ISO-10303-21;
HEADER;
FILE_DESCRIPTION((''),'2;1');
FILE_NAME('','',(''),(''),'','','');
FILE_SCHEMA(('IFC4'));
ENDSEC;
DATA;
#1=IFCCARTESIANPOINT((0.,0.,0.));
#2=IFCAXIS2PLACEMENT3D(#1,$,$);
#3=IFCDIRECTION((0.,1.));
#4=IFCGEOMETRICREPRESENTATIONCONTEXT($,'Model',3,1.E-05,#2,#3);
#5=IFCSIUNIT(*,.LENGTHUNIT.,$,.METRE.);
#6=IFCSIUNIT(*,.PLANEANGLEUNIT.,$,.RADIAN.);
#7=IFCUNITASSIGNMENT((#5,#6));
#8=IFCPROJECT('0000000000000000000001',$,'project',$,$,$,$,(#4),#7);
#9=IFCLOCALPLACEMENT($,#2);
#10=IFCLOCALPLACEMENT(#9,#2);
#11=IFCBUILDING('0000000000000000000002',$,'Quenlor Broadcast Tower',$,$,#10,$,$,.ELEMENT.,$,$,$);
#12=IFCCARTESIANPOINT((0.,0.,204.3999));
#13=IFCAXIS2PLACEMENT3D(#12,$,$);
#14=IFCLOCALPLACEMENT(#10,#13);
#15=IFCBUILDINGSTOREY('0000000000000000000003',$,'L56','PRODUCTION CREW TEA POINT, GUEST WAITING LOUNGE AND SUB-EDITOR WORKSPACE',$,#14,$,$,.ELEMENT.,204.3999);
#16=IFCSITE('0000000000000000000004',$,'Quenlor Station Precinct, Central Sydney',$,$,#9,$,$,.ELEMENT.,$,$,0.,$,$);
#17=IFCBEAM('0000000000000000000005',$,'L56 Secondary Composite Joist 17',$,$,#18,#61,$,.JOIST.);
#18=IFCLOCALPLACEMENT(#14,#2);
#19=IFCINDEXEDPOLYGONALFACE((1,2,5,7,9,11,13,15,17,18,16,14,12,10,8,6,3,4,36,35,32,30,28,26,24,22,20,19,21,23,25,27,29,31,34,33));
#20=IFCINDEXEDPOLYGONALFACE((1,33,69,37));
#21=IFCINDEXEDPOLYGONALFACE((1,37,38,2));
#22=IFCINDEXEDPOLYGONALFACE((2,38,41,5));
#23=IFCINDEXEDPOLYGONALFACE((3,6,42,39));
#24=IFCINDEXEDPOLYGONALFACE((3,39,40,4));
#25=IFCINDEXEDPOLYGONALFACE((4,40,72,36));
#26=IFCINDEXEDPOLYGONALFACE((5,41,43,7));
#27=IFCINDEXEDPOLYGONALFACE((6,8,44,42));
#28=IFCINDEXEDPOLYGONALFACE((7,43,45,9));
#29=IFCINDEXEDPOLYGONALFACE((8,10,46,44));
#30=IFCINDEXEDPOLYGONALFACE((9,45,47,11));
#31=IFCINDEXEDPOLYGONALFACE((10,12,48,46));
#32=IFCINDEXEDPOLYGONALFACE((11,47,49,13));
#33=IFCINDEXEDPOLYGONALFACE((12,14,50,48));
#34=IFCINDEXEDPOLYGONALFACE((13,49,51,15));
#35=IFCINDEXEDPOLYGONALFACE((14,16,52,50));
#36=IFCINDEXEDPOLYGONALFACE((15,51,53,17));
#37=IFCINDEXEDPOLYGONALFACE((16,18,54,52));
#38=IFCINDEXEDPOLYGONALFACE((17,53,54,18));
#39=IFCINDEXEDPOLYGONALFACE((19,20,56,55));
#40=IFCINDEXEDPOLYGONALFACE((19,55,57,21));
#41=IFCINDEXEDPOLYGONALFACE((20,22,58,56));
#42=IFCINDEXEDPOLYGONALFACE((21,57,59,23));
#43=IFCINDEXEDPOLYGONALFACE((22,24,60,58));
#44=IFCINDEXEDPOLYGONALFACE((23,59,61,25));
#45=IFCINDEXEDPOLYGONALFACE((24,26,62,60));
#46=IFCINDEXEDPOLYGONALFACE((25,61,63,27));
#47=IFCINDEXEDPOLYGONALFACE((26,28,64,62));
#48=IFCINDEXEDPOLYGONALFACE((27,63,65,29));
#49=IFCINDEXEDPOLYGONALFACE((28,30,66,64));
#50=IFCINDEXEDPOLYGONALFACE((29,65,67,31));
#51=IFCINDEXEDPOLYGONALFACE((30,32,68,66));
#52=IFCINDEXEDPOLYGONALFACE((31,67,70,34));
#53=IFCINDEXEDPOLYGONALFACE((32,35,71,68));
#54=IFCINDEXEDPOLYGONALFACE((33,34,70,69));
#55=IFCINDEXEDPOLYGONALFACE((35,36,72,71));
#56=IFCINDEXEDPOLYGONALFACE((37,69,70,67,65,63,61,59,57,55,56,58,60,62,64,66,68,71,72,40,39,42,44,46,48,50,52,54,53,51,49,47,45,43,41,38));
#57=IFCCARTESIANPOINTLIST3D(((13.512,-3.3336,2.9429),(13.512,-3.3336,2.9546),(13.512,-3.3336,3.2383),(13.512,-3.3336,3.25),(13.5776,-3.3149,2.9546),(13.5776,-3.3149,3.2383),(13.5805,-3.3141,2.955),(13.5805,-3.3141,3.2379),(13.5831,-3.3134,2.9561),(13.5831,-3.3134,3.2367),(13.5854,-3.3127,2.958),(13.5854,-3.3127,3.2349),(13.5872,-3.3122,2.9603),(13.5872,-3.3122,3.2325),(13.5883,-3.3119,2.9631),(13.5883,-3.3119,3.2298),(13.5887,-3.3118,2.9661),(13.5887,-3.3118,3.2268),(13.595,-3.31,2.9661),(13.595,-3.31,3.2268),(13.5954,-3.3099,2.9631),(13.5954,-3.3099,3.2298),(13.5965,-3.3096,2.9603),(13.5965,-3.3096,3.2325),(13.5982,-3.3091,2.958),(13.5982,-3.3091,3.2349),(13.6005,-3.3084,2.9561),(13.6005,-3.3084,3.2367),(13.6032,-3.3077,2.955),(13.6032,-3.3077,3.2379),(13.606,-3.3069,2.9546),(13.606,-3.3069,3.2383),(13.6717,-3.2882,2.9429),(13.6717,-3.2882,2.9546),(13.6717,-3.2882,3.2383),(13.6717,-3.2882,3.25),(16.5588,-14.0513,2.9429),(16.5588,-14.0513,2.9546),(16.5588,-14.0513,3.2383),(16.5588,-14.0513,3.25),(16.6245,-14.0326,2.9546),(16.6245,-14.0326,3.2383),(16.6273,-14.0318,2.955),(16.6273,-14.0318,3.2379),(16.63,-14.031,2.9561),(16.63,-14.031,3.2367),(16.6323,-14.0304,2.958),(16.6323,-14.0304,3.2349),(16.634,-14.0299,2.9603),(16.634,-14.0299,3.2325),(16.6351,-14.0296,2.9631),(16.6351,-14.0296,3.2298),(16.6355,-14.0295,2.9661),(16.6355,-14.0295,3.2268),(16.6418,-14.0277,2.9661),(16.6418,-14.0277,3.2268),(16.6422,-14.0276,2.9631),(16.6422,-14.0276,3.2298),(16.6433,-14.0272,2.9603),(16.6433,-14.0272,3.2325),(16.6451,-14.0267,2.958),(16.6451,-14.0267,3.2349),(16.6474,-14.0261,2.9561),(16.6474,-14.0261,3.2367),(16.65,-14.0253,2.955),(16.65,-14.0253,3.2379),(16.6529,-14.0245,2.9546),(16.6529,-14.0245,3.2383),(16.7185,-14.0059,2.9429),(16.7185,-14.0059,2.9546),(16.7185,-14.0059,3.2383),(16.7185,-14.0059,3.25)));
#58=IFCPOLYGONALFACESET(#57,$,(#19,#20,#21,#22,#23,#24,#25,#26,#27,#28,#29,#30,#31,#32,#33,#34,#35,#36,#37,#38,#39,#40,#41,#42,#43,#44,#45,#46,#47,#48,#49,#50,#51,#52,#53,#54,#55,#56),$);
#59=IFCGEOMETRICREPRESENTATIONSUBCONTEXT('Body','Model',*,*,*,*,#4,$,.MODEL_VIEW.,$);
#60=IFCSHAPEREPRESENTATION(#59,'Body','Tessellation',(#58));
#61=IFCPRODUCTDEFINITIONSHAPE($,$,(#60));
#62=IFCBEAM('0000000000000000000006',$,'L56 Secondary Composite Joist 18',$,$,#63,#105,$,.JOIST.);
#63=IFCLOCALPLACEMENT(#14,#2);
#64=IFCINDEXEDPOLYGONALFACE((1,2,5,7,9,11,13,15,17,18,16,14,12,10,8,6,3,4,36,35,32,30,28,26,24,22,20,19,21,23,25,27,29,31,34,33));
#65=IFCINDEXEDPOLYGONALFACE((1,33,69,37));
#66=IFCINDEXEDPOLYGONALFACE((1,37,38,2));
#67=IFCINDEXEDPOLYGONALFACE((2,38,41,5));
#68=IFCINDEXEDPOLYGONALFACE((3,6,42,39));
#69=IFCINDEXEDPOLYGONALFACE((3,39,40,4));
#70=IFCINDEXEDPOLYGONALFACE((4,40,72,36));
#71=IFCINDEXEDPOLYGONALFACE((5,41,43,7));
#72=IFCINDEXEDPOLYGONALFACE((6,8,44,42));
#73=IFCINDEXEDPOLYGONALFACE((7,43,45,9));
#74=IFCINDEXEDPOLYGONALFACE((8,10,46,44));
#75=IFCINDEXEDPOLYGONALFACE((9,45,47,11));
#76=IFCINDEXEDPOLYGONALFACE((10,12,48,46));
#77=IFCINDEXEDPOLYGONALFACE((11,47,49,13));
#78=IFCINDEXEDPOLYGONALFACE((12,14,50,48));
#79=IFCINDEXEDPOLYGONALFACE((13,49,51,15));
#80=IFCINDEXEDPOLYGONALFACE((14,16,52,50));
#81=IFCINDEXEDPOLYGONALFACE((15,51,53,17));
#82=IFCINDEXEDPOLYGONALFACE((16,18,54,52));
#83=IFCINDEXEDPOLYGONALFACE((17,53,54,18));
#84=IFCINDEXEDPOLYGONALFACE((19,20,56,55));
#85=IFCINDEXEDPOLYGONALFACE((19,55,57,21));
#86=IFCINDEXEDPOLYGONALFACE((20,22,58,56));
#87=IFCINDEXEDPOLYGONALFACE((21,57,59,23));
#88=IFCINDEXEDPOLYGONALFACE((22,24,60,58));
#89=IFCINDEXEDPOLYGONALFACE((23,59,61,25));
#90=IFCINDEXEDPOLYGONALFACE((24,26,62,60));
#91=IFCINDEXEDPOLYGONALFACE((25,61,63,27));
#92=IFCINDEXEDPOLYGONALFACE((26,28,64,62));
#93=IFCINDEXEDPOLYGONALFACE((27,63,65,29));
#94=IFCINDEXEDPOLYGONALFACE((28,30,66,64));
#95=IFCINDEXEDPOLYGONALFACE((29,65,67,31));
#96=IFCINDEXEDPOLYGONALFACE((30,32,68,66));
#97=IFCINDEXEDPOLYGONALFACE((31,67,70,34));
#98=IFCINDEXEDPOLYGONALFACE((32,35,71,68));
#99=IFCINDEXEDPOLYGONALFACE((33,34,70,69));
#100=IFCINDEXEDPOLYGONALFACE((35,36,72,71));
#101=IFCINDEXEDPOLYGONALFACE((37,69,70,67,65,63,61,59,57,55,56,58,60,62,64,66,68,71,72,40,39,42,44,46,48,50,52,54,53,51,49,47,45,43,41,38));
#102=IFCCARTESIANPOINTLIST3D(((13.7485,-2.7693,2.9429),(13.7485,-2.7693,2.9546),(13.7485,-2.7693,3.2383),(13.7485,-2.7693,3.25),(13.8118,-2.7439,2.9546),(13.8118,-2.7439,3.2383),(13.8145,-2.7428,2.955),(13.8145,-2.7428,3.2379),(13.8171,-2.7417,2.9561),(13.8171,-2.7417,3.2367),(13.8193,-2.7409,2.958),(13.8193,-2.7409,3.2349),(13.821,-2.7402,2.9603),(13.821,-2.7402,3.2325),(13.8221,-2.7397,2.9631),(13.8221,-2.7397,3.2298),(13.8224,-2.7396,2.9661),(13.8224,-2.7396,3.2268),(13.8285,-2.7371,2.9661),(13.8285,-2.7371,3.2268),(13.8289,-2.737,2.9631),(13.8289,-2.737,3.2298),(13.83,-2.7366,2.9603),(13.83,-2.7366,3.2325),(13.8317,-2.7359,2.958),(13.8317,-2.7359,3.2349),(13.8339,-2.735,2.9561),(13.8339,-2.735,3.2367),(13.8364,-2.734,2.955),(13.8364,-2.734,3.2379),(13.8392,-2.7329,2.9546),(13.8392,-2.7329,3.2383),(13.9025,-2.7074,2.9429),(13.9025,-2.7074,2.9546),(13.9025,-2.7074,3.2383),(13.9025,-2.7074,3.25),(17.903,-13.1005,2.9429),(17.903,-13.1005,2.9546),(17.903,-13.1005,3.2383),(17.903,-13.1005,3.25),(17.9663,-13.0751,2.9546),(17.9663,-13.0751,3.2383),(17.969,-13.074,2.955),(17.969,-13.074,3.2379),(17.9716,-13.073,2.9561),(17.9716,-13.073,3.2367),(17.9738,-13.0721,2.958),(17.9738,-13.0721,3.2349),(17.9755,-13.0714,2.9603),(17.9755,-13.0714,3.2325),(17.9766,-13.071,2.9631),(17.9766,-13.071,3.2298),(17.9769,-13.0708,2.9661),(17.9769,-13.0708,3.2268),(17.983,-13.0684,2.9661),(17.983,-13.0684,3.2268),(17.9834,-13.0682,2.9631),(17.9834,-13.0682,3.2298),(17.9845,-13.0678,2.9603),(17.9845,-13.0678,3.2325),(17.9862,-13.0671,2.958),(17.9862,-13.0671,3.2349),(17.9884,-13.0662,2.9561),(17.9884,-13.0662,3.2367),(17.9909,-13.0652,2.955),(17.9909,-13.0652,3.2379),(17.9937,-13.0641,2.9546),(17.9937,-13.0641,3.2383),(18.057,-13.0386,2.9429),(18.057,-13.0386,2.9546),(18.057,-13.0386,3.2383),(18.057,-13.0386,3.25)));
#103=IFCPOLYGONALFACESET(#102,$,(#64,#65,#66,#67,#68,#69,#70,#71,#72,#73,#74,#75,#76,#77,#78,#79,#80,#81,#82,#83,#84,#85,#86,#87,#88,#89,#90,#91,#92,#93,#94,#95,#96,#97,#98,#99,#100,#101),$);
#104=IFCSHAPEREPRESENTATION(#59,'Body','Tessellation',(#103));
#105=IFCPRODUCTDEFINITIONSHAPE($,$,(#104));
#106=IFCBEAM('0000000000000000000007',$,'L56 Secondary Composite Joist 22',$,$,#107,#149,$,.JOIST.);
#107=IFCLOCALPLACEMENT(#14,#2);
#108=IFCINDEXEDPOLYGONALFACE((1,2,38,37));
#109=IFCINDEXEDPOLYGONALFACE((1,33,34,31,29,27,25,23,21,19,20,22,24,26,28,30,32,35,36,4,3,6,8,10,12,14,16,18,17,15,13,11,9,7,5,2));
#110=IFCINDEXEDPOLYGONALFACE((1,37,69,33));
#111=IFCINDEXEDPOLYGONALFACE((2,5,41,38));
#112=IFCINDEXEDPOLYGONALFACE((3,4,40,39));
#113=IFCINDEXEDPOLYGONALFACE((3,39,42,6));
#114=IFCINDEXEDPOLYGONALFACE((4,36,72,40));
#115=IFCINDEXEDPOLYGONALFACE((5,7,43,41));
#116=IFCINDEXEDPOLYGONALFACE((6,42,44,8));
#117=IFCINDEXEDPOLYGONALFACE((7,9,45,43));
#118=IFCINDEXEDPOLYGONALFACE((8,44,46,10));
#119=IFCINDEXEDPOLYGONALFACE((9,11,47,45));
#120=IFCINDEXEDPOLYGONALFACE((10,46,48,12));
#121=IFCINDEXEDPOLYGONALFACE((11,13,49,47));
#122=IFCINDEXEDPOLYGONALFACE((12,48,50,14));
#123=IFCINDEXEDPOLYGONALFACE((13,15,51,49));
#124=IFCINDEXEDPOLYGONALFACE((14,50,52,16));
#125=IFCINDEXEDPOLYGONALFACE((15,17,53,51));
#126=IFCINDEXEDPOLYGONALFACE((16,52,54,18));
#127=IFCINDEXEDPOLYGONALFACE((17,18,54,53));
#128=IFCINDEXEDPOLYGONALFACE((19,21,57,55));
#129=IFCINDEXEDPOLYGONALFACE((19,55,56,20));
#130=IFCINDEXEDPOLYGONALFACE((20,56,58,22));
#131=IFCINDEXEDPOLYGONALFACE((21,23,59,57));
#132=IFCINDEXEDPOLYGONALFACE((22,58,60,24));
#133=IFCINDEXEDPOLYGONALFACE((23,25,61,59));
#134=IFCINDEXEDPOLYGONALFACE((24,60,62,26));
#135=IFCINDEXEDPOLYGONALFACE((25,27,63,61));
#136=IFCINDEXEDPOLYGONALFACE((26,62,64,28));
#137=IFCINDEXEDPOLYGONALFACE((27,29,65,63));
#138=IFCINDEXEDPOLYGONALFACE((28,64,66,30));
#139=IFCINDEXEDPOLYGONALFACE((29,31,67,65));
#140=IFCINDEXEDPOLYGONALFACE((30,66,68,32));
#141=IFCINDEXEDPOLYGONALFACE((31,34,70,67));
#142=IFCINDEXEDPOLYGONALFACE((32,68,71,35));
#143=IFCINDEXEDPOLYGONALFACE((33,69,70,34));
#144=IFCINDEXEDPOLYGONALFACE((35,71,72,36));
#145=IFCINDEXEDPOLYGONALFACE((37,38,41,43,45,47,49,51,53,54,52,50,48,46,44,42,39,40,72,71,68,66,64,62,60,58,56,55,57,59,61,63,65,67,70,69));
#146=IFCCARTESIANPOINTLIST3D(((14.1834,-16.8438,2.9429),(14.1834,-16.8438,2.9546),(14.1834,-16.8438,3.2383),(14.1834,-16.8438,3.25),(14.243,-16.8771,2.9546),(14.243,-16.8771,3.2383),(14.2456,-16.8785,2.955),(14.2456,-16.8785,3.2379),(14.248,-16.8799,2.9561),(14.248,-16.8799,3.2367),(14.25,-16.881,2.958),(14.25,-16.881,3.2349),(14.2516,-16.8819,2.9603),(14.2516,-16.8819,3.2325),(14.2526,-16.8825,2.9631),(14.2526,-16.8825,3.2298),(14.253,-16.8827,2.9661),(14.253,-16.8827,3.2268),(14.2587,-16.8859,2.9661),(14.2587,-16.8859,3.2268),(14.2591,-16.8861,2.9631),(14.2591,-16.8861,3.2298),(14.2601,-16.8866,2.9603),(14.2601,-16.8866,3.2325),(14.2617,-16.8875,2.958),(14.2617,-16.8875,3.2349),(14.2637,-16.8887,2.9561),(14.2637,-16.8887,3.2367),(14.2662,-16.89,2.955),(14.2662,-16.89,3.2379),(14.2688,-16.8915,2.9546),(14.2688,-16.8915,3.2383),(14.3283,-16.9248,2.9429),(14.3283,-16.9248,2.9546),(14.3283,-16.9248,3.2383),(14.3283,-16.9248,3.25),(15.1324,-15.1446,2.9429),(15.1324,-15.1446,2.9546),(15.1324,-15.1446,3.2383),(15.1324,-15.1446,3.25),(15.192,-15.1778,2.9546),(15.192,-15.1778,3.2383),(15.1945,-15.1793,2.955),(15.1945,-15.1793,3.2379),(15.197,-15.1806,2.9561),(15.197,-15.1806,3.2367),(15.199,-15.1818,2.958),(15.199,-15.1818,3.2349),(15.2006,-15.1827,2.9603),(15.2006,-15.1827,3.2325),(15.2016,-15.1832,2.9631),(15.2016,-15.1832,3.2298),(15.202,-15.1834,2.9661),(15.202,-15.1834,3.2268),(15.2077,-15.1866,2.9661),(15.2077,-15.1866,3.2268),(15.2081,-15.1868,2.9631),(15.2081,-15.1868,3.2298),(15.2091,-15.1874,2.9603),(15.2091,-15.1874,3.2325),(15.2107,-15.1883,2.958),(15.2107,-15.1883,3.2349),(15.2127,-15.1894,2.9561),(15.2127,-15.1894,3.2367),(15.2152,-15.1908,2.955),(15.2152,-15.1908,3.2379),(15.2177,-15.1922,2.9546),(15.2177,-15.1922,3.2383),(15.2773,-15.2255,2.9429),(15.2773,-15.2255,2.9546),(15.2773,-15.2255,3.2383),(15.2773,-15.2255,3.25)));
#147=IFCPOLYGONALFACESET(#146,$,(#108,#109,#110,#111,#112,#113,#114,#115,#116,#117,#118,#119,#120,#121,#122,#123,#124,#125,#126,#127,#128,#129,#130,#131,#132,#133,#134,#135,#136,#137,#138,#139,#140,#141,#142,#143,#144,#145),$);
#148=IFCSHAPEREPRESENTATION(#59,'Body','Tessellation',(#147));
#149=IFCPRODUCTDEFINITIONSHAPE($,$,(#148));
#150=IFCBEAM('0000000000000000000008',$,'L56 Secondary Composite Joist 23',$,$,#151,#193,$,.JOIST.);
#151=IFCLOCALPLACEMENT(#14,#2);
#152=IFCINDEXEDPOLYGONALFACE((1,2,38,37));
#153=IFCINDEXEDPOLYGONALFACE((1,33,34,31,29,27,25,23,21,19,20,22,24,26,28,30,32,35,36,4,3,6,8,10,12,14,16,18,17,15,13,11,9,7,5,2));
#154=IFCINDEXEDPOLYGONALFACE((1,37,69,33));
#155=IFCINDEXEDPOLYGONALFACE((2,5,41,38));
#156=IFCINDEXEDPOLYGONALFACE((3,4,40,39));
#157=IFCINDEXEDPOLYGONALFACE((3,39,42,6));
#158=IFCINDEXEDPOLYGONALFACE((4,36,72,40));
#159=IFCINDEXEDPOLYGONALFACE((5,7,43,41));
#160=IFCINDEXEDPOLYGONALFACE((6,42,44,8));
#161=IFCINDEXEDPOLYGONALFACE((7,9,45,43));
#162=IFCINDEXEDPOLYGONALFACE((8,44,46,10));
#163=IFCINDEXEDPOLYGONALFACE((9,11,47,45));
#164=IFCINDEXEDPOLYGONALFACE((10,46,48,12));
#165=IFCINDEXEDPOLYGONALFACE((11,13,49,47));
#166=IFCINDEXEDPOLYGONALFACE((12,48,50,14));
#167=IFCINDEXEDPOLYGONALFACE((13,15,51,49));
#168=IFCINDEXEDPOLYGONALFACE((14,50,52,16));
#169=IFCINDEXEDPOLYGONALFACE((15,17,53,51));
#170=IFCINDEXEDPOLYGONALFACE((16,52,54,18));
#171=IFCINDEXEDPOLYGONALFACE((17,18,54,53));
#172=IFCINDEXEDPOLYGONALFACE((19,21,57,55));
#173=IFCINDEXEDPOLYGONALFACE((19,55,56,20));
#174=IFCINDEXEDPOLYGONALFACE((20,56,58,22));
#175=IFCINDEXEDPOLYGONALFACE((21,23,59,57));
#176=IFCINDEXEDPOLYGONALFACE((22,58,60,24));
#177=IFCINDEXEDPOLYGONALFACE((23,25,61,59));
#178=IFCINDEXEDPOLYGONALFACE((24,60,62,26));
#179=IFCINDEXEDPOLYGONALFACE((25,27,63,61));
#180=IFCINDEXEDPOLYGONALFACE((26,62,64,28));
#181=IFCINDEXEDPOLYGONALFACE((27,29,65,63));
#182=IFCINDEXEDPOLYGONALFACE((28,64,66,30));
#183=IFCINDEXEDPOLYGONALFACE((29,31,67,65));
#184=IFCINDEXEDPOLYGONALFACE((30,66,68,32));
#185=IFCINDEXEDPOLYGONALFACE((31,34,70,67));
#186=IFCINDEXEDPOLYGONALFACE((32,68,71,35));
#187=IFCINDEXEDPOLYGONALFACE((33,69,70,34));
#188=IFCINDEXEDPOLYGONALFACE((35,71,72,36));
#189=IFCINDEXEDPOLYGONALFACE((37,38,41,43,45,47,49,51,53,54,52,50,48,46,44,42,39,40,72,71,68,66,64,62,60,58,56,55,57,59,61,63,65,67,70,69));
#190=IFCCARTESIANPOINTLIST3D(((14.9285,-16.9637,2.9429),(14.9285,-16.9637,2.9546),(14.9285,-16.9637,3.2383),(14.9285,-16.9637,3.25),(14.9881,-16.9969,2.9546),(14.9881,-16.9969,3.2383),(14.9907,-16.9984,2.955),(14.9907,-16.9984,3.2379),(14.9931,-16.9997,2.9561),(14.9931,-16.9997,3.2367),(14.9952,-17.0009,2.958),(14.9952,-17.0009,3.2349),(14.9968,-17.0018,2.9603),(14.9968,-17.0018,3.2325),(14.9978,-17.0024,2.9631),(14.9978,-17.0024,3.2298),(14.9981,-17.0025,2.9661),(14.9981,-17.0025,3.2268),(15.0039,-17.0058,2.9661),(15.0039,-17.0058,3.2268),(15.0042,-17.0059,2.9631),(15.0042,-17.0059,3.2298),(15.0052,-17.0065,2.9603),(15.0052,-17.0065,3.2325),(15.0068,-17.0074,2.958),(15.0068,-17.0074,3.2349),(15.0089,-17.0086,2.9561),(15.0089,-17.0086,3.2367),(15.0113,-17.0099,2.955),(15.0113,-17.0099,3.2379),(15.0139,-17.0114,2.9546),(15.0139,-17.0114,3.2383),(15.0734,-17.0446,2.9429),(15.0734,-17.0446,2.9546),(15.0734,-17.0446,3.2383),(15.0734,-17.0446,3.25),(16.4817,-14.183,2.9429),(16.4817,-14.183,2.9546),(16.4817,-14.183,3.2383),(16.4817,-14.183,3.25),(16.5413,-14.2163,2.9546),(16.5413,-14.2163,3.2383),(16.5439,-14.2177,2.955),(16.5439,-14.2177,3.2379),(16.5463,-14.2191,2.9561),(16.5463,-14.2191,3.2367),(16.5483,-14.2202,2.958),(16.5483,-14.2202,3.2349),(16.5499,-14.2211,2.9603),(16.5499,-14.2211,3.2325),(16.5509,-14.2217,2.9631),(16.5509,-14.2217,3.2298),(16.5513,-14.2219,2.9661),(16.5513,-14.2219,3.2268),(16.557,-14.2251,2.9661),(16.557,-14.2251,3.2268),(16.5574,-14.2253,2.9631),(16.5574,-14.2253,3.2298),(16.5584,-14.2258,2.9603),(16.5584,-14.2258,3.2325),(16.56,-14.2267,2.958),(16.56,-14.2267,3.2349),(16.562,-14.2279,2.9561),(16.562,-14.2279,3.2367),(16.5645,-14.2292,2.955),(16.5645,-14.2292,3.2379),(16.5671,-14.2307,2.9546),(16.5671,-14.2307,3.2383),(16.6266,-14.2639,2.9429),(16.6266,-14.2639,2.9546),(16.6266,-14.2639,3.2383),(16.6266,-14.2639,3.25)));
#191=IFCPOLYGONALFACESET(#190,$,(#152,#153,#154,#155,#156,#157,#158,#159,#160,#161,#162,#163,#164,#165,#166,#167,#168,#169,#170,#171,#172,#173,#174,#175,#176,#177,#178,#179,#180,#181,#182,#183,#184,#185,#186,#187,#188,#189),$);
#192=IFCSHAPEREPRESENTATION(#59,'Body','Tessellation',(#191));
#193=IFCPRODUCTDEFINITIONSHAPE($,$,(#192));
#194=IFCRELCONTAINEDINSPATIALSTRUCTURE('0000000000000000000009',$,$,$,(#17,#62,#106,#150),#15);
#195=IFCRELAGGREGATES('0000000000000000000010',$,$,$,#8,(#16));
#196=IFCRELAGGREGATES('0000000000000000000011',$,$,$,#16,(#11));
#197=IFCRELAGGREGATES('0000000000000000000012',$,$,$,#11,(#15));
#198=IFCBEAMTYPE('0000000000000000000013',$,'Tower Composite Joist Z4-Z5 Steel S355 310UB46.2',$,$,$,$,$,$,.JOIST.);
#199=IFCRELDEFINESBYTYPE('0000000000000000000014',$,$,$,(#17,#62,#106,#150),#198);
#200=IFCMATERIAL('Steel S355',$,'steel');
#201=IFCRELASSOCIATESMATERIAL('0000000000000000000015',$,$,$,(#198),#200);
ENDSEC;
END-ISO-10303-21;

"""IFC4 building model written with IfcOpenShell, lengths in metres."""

from ifc_helpers import new_model, si_unit, direction, frame, origin, origin_2d, place, context, subcontext, project, spatial, i_section, extrude, material, material_profile, profile_set, type_object, element, save


model = new_model("IFC4")

# Units and contexts
model_context = context("Model", 3, precision=1e-05, world=origin(), true_north=direction((0.0, 1.0)))
body_context = subcontext(model_context, "Body", "Model", "MODEL_VIEW")
ifc_project = project(units=[si_unit("LENGTHUNIT", "METRE"), si_unit("PLANEANGLEUNIT", "RADIAN")], contexts=[model_context])

# Site, building, storey
site_placement = place(None, origin())
site = spatial("IfcSite", under=ifc_project, at=site_placement, Name="Quenlor Station Precinct, Central Sydney", CompositionType="ELEMENT", RefElevation=0.0)
building_placement = place(site_placement, origin())
building = spatial("IfcBuilding", under=site, at=building_placement, Name="Quenlor Broadcast Tower", CompositionType="ELEMENT")
storey_placement = place(building_placement, frame((0.0, 0.0, 204.3999)))
storey = spatial("IfcBuildingStorey", under=building, at=storey_placement, Name="L56", Description="PRODUCTION CREW TEA POINT, GUEST WAITING LOUNGE AND SUB-EDITOR WORKSPACE", CompositionType="ELEMENT", Elevation=204.3999)

# Beams
ifc_material_1 = material(Name="Steel S355", Category="steel")
ifc_material_profile_1 = material_profile(ifc_material_1, i_section(OverallWidth=0.166, OverallDepth=0.3071, WebThickness=0.0066, FlangeThickness=0.0117, FilletRadius=0.0115, at=origin_2d()))
ifc_profile_set_1 = profile_set([ifc_material_profile_1], Name="Steel S355 310UB46.2")
beam_type_1 = type_object("IfcBeamType", Name="Tower Composite Joist Z4-Z5 Steel S355 310UB46.2", PredefinedType="JOIST", material=ifc_profile_set_1)
beam_1_placement = place(storey_placement, frame((16.6387, -14.0286, 3.0964), z_axis=(-0.273448, 0.961887, 0.0), x_axis=(-0.961887, -0.273448, 0.0)))
element("IfcBeam", 1, at=beam_1_placement, inside=storey, type_object=beam_type_1, Name="L56 Secondary Composite Joist 17", PredefinedType="JOIST", context=body_context, shape_type="SweptSolid", body=[
    extrude(i_section(OverallWidth=0.166, OverallDepth=0.3071, WebThickness=0.0066, FlangeThickness=0.0117, FilletRadius=0.0115, at=origin_2d()), origin(), (0.0, 0.0, 1.0), 11.1423),
])
beam_2_placement = place(storey_placement, frame((17.98, -13.0696, 3.0964), z_axis=(-0.373095, 0.927793, 0.0), x_axis=(-0.927793, -0.373095, 0.0)))
element("IfcBeam", 2, at=beam_2_placement, inside=storey, type_object=beam_type_1, Name="L56 Secondary Composite Joist 18", PredefinedType="JOIST", context=body_context, shape_type="SweptSolid", body=[
    extrude(i_section(OverallWidth=0.166, OverallDepth=0.3071, WebThickness=0.0066, FlangeThickness=0.0117, FilletRadius=0.0115, at=origin_2d()), origin(), (0.0, 0.0, 1.0), 11.1353),
])
beam_3_placement = place(storey_placement, frame((14.2559, -16.8843, 3.0964), z_axis=(0.487591, 0.873072, 0.0), x_axis=(-0.873072, 0.487591, 0.0)))
element("IfcBeam", 3, at=beam_3_placement, inside=storey, type_object=beam_type_1, Name="L56 Secondary Composite Joist 22", PredefinedType="JOIST", context=body_context, shape_type="SweptSolid", body=[
    extrude(i_section(OverallWidth=0.166, OverallDepth=0.3071, WebThickness=0.0066, FlangeThickness=0.0117, FilletRadius=0.0115, at=origin_2d()), origin(), (0.0, 0.0, 1.0), 1.9463),
])
beam_4_placement = place(storey_placement, frame((15.001, -17.0042, 3.0964), z_axis=(0.487646, 0.873041, 0.0), x_axis=(-0.873041, 0.487646, 0.0)))
element("IfcBeam", 4, at=beam_4_placement, inside=storey, type_object=beam_type_1, Name="L56 Secondary Composite Joist 23", PredefinedType="JOIST", context=body_context, shape_type="SweptSolid", body=[
    extrude(i_section(OverallWidth=0.166, OverallDepth=0.3071, WebThickness=0.0066, FlangeThickness=0.0117, FilletRadius=0.0115, at=origin_2d()), origin(), (0.0, 0.0, 1.0), 3.1851),
])

save(model, "model.ifc")
